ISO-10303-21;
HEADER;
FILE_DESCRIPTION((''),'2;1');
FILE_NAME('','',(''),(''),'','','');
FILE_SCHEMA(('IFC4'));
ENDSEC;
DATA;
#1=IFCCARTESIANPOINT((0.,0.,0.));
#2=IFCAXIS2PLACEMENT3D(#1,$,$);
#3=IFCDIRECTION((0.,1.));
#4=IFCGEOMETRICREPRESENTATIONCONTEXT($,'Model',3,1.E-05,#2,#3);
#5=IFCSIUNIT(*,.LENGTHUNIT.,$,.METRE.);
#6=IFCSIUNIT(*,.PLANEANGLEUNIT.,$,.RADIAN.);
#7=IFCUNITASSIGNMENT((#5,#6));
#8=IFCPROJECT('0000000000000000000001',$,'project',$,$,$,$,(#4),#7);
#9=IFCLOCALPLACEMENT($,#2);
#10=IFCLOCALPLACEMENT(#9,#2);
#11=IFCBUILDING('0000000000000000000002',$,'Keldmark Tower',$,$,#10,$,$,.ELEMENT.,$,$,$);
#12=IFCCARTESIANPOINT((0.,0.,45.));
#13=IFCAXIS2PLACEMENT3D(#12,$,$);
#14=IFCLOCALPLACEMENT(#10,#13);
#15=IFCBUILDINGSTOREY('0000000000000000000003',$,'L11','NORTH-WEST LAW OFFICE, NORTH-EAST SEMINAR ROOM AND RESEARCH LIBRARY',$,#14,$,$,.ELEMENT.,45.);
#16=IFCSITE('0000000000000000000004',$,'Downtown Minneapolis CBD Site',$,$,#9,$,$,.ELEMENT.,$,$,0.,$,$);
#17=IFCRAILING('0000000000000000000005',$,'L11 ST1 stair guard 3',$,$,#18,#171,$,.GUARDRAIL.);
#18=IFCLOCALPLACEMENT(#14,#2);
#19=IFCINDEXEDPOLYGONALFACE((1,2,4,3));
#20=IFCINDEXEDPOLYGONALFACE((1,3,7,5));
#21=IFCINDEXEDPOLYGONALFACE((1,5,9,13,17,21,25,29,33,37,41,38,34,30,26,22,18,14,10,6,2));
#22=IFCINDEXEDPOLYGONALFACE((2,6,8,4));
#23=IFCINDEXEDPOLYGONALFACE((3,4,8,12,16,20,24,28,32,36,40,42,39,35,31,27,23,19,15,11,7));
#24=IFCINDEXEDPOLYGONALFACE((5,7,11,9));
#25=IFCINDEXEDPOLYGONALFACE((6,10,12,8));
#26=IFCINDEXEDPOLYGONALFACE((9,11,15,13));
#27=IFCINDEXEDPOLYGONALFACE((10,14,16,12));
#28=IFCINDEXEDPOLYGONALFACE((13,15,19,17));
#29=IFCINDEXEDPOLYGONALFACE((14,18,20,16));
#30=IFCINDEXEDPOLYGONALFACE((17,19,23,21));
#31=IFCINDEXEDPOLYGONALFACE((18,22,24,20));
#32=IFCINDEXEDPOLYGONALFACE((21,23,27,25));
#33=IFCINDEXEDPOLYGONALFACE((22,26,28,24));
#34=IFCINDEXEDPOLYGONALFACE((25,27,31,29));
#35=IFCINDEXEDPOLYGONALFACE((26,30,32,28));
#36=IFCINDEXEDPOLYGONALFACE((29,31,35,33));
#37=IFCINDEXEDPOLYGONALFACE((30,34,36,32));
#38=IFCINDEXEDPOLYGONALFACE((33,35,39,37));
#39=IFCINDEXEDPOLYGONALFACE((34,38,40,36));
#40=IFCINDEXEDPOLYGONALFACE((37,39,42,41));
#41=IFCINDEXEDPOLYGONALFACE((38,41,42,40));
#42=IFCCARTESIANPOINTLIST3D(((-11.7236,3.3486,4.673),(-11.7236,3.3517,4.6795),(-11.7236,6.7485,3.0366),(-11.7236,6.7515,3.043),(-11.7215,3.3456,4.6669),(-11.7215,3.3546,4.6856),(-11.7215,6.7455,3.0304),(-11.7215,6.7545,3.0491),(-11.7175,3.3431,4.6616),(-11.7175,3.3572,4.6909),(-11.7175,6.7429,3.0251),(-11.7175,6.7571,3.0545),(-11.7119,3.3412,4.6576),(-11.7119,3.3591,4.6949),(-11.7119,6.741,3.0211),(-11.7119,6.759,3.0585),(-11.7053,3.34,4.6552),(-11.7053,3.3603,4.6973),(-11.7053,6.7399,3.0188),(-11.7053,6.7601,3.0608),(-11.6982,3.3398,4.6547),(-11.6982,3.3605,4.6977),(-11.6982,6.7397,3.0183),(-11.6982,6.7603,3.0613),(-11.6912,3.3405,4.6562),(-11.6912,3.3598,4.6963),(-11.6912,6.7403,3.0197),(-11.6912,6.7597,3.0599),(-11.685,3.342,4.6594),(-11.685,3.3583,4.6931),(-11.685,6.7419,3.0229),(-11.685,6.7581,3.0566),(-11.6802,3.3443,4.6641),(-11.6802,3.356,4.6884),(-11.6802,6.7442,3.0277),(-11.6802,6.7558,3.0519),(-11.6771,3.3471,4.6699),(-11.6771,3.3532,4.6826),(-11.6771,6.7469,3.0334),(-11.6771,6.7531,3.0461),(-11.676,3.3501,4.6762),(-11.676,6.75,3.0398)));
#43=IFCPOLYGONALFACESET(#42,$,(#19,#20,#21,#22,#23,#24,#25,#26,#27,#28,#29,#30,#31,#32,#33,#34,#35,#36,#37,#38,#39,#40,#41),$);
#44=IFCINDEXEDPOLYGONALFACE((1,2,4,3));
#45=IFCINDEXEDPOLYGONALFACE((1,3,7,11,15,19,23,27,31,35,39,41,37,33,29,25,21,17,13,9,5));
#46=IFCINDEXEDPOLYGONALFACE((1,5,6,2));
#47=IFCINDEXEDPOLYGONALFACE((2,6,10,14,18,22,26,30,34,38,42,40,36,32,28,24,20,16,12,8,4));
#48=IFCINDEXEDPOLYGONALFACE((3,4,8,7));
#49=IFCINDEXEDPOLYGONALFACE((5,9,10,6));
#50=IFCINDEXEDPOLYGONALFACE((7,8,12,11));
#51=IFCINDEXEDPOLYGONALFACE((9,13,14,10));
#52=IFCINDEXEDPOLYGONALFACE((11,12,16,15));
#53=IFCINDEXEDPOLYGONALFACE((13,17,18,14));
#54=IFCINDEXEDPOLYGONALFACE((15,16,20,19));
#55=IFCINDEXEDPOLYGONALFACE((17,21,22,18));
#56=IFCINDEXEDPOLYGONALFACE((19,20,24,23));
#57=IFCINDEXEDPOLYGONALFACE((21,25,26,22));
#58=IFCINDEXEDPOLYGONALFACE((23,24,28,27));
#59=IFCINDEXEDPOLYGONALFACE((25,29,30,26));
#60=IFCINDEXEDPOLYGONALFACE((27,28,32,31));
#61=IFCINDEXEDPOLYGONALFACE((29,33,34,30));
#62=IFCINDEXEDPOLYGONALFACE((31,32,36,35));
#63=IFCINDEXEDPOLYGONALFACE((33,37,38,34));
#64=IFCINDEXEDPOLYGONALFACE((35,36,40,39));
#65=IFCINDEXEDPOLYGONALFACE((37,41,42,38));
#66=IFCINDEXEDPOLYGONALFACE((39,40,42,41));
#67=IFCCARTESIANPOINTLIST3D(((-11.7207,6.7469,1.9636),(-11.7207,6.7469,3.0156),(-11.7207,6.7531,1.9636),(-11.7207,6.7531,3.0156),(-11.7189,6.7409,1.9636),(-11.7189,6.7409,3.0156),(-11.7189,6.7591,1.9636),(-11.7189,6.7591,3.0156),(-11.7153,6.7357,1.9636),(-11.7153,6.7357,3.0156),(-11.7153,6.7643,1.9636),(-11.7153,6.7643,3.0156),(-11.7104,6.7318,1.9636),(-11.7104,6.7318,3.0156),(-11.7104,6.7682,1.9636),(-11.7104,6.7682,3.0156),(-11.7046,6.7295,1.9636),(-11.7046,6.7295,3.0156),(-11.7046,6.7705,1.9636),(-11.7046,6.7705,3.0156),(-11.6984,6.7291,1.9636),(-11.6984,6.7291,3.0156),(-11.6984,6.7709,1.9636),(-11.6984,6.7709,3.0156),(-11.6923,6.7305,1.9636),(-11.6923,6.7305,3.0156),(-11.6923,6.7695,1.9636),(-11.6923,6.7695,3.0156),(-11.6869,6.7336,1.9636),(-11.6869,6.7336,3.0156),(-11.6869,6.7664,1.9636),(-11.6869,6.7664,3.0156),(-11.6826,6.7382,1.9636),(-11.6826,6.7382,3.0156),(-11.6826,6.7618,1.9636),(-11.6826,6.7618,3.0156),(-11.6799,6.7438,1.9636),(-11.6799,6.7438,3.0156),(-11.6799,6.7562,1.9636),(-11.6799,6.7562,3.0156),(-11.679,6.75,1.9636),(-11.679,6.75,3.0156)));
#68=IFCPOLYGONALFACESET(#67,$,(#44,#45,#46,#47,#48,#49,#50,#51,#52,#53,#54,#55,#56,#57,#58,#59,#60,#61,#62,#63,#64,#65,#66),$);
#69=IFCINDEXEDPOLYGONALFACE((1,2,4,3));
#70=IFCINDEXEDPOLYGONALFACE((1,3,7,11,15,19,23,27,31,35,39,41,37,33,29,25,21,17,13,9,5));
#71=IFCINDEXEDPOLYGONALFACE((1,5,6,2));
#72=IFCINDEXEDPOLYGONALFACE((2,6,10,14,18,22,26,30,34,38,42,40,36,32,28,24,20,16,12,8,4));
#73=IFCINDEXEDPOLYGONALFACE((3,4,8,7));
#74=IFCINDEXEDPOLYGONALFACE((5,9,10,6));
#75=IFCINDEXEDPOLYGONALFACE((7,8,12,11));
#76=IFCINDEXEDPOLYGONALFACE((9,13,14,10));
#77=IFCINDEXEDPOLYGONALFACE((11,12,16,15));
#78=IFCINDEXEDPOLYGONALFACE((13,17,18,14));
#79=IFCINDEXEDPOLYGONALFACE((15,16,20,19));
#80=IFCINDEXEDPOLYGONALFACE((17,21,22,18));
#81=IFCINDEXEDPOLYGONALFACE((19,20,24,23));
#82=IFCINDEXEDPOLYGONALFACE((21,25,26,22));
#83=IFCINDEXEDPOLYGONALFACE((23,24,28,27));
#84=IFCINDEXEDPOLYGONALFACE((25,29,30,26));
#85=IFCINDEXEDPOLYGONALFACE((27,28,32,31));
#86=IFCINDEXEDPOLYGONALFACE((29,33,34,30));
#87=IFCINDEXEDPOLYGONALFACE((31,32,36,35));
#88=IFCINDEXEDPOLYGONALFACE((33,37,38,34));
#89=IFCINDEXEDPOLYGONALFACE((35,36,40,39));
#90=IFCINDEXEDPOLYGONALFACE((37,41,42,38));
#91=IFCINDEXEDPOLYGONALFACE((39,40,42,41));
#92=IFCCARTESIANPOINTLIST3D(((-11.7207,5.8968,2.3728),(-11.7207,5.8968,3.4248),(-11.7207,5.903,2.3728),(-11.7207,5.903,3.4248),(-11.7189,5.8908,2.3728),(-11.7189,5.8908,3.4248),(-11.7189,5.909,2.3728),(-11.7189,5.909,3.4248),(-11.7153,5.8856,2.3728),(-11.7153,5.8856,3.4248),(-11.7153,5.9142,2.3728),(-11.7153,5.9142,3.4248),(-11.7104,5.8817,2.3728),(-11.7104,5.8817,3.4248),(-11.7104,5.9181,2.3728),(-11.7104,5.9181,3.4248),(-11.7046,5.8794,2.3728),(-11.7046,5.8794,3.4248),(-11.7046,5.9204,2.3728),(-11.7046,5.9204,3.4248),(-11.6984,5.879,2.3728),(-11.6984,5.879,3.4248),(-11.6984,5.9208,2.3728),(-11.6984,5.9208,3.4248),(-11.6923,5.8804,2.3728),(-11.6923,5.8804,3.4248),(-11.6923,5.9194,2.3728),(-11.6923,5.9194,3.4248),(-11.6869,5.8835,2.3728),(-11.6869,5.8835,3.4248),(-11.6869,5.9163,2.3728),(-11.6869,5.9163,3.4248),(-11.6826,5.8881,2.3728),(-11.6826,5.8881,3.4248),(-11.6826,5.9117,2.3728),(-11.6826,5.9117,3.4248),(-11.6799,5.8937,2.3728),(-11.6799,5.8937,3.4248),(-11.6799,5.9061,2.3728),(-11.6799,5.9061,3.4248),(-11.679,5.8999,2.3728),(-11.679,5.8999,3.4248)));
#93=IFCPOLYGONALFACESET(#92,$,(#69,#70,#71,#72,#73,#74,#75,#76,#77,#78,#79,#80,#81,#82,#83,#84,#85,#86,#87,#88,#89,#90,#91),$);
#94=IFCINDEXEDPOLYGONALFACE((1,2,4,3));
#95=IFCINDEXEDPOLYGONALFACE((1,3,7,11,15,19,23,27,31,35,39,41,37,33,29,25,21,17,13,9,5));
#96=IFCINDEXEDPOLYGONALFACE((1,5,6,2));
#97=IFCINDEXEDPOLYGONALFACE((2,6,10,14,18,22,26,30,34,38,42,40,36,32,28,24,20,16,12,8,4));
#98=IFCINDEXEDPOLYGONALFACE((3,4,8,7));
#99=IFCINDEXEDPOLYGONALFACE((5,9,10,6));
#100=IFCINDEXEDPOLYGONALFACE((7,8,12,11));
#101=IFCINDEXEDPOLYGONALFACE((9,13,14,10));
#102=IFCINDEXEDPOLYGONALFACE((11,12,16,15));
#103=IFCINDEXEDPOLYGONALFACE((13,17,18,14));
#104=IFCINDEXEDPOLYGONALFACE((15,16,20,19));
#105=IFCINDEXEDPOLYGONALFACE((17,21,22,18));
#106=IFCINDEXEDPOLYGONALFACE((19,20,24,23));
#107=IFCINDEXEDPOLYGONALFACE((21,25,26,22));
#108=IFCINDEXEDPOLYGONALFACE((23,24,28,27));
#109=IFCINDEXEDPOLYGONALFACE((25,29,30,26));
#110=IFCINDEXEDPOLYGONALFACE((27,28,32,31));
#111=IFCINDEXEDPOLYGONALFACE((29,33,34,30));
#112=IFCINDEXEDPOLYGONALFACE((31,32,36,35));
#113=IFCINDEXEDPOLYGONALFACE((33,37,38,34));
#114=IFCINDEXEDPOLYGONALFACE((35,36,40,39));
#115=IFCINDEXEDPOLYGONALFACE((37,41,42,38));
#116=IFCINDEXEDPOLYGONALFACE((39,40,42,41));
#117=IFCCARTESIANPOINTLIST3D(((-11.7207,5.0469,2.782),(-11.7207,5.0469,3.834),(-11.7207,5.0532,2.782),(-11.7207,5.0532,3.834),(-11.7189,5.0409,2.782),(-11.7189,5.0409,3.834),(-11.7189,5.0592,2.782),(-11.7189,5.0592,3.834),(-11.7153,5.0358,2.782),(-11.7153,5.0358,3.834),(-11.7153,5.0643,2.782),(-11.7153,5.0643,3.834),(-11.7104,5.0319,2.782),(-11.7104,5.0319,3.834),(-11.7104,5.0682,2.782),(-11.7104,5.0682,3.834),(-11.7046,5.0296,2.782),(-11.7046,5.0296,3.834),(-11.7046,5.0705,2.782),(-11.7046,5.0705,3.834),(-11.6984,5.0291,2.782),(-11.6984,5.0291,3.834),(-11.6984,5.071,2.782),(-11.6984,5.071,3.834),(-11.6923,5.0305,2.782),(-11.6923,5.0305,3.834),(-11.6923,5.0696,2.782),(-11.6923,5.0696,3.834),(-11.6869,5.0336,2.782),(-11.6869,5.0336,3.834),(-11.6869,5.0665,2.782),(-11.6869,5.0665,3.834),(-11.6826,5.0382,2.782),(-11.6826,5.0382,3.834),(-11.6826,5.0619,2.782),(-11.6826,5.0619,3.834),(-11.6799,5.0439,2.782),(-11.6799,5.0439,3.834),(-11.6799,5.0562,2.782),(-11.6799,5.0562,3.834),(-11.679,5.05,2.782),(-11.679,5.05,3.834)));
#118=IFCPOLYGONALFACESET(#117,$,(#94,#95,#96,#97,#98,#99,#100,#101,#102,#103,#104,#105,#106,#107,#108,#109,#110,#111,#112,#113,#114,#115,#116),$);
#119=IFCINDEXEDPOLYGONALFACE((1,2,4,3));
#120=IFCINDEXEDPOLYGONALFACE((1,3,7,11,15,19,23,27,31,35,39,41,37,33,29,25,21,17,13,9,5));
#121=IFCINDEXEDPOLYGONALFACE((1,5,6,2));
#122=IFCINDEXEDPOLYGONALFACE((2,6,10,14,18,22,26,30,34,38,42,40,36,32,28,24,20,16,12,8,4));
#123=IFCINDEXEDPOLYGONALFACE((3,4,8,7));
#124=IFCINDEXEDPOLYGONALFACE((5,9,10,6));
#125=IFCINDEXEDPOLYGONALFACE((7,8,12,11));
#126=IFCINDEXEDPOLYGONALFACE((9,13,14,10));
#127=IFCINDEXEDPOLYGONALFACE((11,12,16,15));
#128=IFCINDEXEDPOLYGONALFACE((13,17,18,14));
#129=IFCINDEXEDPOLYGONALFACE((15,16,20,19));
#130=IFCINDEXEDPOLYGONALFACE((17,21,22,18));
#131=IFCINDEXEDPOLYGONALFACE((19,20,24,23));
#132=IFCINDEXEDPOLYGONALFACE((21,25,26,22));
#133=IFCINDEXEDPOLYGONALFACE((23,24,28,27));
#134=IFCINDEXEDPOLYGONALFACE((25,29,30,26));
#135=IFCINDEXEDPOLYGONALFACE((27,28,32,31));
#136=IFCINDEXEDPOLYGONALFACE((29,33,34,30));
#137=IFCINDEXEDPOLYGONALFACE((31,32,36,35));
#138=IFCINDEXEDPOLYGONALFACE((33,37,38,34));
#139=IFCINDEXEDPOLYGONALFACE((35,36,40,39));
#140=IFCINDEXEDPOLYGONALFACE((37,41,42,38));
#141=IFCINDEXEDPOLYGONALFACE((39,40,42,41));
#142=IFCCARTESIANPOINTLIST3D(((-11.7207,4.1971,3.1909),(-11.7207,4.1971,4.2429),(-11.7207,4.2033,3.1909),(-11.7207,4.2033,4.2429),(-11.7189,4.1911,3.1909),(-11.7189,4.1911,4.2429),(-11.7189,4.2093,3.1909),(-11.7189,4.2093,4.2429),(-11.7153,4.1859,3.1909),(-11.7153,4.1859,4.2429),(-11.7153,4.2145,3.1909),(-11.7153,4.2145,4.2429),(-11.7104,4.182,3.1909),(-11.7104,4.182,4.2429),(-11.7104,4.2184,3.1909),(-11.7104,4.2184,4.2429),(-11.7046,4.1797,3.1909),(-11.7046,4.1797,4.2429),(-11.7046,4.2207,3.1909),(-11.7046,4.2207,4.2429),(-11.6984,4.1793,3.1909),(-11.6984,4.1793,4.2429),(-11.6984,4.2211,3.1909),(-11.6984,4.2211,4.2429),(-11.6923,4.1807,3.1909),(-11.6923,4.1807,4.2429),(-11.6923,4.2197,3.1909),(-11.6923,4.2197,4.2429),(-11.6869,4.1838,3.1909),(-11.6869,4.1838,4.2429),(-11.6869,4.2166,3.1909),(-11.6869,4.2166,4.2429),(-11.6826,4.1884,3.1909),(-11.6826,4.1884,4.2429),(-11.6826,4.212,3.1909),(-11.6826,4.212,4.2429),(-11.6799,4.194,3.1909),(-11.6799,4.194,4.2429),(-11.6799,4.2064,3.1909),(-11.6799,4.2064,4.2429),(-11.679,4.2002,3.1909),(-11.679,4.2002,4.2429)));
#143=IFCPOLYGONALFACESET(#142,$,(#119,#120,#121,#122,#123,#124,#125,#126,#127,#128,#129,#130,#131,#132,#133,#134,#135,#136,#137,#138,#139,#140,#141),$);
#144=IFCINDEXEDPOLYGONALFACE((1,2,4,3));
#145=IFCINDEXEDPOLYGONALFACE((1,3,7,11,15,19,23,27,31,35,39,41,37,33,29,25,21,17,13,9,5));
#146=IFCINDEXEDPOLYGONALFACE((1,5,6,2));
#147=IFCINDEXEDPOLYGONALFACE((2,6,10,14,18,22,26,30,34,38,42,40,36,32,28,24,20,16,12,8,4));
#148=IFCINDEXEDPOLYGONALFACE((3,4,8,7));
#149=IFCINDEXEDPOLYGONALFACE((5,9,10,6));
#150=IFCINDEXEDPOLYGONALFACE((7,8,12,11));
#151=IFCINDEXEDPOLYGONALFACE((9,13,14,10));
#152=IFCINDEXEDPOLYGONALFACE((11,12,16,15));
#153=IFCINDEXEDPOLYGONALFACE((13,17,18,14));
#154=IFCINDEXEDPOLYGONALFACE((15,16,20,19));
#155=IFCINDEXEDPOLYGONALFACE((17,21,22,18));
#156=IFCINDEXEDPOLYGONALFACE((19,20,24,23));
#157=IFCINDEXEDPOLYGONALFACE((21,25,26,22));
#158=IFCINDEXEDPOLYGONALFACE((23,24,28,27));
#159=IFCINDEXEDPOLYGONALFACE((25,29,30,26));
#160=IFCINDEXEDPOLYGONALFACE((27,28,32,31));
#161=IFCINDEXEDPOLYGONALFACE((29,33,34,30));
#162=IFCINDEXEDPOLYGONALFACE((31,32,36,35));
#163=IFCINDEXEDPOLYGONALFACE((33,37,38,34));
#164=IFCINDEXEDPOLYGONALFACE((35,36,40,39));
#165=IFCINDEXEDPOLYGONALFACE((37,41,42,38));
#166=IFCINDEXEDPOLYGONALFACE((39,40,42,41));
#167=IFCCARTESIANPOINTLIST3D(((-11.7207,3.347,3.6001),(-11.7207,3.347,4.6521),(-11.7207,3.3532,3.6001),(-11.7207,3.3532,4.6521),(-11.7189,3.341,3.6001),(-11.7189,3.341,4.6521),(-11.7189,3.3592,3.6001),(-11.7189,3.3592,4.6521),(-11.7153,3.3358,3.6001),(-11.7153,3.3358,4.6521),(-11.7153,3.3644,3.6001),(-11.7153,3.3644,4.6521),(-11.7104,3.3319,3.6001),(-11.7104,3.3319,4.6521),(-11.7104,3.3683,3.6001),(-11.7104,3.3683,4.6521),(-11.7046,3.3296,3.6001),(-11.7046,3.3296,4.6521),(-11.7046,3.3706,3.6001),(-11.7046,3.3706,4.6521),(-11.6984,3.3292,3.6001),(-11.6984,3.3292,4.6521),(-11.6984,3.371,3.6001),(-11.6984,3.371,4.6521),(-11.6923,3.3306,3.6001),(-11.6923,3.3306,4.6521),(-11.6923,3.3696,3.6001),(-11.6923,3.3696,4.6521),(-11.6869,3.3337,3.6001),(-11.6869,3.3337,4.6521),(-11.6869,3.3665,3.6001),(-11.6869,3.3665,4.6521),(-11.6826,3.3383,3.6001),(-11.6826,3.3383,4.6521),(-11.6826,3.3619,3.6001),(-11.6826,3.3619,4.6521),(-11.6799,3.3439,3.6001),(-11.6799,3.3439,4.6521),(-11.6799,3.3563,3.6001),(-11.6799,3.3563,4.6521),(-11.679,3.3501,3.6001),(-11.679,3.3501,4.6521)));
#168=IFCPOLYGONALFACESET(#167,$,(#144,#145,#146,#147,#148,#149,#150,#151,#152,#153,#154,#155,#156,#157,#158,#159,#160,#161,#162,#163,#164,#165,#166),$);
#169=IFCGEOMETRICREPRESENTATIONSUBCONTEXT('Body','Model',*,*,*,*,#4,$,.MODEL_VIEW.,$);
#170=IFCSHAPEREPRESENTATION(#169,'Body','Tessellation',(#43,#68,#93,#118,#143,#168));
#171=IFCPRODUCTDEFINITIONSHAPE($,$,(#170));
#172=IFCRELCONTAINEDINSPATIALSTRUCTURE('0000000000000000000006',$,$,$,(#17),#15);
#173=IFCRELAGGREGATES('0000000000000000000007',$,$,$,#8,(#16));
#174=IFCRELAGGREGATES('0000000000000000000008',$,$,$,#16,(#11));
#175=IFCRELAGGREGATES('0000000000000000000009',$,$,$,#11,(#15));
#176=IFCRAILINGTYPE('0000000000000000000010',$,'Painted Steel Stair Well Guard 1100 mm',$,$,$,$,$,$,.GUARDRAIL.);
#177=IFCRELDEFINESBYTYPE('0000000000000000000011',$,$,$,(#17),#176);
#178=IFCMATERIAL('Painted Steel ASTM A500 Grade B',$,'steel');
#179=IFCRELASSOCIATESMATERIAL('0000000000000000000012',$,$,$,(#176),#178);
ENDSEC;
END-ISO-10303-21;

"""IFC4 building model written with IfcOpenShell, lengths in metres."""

from ifc_helpers import new_model, si_unit, direction, frame, origin, origin_2d, place, context, subcontext, project, spatial, circle, extrude, material, type_object, element, save


model = new_model("IFC4")

# Units and contexts
model_context = context("Model", 3, precision=1e-05, world=origin(), true_north=direction((0.0, 1.0)))
body_context = subcontext(model_context, "Body", "Model", "MODEL_VIEW")
ifc_project = project(units=[si_unit("LENGTHUNIT", "METRE"), si_unit("PLANEANGLEUNIT", "RADIAN")], contexts=[model_context])

# Site, building, storey
site_placement = place(None, origin())
site = spatial("IfcSite", under=ifc_project, at=site_placement, Name="Downtown Minneapolis CBD Site", CompositionType="ELEMENT", RefElevation=0.0)
building_placement = place(site_placement, origin())
building = spatial("IfcBuilding", under=site, at=building_placement, Name="Keldmark Tower", CompositionType="ELEMENT")
storey_placement = place(building_placement, frame((0.0, 0.0, 45.0)))
storey = spatial("IfcBuildingStorey", under=building, at=storey_placement, Name="L11", Description="NORTH-WEST LAW OFFICE, NORTH-EAST SEMINAR ROOM AND RESEARCH LIBRARY", CompositionType="ELEMENT", Elevation=45.0)

# Railing
ifc_material_1 = material(Name="Painted Steel ASTM A500 Grade B", Category="steel")
railing_type_1 = type_object("IfcRailingType", Name="Painted Steel Stair Well Guard 1100 mm", PredefinedType="GUARDRAIL", material=ifc_material_1)
railing_1_placement = place(storey_placement, frame((-11.7, 6.75, 1.9636)))
element("IfcRailing", 1, at=railing_1_placement, inside=storey, type_object=railing_type_1, Name="L11 ST1 stair guard 3", PredefinedType="GUARDRAIL", context=body_context, shape_type="SweptSolid", body=[
    extrude(circle(Radius=0.0239, at=origin_2d()), frame((0.0, 0.0, 1.0762), z_axis=(0.0, -0.901055, 0.433705), x_axis=(1.0, 0.0, 0.0)), (0.0, 0.0, 1.0), 3.7732),
    extrude(circle(Radius=0.021, at=origin_2d()), origin(), (0.0, 0.0, 1.0), 1.052),
    extrude(circle(Radius=0.021, at=origin_2d()), frame((0.0, -0.8501, 0.4092)), (0.0, 0.0, 1.0), 1.052),
    extrude(circle(Radius=0.021, at=origin_2d()), frame((0.0, -1.7, 0.8184)), (0.0, 0.0, 1.0), 1.052),
    extrude(circle(Radius=0.021, at=origin_2d()), frame((0.0, -2.5498, 1.2273)), (0.0, 0.0, 1.0), 1.052),
    extrude(circle(Radius=0.021, at=origin_2d()), frame((0.0, -3.3999, 1.6365)), (0.0, 0.0, 1.0), 1.052),
])

save(model, "model.ifc")
